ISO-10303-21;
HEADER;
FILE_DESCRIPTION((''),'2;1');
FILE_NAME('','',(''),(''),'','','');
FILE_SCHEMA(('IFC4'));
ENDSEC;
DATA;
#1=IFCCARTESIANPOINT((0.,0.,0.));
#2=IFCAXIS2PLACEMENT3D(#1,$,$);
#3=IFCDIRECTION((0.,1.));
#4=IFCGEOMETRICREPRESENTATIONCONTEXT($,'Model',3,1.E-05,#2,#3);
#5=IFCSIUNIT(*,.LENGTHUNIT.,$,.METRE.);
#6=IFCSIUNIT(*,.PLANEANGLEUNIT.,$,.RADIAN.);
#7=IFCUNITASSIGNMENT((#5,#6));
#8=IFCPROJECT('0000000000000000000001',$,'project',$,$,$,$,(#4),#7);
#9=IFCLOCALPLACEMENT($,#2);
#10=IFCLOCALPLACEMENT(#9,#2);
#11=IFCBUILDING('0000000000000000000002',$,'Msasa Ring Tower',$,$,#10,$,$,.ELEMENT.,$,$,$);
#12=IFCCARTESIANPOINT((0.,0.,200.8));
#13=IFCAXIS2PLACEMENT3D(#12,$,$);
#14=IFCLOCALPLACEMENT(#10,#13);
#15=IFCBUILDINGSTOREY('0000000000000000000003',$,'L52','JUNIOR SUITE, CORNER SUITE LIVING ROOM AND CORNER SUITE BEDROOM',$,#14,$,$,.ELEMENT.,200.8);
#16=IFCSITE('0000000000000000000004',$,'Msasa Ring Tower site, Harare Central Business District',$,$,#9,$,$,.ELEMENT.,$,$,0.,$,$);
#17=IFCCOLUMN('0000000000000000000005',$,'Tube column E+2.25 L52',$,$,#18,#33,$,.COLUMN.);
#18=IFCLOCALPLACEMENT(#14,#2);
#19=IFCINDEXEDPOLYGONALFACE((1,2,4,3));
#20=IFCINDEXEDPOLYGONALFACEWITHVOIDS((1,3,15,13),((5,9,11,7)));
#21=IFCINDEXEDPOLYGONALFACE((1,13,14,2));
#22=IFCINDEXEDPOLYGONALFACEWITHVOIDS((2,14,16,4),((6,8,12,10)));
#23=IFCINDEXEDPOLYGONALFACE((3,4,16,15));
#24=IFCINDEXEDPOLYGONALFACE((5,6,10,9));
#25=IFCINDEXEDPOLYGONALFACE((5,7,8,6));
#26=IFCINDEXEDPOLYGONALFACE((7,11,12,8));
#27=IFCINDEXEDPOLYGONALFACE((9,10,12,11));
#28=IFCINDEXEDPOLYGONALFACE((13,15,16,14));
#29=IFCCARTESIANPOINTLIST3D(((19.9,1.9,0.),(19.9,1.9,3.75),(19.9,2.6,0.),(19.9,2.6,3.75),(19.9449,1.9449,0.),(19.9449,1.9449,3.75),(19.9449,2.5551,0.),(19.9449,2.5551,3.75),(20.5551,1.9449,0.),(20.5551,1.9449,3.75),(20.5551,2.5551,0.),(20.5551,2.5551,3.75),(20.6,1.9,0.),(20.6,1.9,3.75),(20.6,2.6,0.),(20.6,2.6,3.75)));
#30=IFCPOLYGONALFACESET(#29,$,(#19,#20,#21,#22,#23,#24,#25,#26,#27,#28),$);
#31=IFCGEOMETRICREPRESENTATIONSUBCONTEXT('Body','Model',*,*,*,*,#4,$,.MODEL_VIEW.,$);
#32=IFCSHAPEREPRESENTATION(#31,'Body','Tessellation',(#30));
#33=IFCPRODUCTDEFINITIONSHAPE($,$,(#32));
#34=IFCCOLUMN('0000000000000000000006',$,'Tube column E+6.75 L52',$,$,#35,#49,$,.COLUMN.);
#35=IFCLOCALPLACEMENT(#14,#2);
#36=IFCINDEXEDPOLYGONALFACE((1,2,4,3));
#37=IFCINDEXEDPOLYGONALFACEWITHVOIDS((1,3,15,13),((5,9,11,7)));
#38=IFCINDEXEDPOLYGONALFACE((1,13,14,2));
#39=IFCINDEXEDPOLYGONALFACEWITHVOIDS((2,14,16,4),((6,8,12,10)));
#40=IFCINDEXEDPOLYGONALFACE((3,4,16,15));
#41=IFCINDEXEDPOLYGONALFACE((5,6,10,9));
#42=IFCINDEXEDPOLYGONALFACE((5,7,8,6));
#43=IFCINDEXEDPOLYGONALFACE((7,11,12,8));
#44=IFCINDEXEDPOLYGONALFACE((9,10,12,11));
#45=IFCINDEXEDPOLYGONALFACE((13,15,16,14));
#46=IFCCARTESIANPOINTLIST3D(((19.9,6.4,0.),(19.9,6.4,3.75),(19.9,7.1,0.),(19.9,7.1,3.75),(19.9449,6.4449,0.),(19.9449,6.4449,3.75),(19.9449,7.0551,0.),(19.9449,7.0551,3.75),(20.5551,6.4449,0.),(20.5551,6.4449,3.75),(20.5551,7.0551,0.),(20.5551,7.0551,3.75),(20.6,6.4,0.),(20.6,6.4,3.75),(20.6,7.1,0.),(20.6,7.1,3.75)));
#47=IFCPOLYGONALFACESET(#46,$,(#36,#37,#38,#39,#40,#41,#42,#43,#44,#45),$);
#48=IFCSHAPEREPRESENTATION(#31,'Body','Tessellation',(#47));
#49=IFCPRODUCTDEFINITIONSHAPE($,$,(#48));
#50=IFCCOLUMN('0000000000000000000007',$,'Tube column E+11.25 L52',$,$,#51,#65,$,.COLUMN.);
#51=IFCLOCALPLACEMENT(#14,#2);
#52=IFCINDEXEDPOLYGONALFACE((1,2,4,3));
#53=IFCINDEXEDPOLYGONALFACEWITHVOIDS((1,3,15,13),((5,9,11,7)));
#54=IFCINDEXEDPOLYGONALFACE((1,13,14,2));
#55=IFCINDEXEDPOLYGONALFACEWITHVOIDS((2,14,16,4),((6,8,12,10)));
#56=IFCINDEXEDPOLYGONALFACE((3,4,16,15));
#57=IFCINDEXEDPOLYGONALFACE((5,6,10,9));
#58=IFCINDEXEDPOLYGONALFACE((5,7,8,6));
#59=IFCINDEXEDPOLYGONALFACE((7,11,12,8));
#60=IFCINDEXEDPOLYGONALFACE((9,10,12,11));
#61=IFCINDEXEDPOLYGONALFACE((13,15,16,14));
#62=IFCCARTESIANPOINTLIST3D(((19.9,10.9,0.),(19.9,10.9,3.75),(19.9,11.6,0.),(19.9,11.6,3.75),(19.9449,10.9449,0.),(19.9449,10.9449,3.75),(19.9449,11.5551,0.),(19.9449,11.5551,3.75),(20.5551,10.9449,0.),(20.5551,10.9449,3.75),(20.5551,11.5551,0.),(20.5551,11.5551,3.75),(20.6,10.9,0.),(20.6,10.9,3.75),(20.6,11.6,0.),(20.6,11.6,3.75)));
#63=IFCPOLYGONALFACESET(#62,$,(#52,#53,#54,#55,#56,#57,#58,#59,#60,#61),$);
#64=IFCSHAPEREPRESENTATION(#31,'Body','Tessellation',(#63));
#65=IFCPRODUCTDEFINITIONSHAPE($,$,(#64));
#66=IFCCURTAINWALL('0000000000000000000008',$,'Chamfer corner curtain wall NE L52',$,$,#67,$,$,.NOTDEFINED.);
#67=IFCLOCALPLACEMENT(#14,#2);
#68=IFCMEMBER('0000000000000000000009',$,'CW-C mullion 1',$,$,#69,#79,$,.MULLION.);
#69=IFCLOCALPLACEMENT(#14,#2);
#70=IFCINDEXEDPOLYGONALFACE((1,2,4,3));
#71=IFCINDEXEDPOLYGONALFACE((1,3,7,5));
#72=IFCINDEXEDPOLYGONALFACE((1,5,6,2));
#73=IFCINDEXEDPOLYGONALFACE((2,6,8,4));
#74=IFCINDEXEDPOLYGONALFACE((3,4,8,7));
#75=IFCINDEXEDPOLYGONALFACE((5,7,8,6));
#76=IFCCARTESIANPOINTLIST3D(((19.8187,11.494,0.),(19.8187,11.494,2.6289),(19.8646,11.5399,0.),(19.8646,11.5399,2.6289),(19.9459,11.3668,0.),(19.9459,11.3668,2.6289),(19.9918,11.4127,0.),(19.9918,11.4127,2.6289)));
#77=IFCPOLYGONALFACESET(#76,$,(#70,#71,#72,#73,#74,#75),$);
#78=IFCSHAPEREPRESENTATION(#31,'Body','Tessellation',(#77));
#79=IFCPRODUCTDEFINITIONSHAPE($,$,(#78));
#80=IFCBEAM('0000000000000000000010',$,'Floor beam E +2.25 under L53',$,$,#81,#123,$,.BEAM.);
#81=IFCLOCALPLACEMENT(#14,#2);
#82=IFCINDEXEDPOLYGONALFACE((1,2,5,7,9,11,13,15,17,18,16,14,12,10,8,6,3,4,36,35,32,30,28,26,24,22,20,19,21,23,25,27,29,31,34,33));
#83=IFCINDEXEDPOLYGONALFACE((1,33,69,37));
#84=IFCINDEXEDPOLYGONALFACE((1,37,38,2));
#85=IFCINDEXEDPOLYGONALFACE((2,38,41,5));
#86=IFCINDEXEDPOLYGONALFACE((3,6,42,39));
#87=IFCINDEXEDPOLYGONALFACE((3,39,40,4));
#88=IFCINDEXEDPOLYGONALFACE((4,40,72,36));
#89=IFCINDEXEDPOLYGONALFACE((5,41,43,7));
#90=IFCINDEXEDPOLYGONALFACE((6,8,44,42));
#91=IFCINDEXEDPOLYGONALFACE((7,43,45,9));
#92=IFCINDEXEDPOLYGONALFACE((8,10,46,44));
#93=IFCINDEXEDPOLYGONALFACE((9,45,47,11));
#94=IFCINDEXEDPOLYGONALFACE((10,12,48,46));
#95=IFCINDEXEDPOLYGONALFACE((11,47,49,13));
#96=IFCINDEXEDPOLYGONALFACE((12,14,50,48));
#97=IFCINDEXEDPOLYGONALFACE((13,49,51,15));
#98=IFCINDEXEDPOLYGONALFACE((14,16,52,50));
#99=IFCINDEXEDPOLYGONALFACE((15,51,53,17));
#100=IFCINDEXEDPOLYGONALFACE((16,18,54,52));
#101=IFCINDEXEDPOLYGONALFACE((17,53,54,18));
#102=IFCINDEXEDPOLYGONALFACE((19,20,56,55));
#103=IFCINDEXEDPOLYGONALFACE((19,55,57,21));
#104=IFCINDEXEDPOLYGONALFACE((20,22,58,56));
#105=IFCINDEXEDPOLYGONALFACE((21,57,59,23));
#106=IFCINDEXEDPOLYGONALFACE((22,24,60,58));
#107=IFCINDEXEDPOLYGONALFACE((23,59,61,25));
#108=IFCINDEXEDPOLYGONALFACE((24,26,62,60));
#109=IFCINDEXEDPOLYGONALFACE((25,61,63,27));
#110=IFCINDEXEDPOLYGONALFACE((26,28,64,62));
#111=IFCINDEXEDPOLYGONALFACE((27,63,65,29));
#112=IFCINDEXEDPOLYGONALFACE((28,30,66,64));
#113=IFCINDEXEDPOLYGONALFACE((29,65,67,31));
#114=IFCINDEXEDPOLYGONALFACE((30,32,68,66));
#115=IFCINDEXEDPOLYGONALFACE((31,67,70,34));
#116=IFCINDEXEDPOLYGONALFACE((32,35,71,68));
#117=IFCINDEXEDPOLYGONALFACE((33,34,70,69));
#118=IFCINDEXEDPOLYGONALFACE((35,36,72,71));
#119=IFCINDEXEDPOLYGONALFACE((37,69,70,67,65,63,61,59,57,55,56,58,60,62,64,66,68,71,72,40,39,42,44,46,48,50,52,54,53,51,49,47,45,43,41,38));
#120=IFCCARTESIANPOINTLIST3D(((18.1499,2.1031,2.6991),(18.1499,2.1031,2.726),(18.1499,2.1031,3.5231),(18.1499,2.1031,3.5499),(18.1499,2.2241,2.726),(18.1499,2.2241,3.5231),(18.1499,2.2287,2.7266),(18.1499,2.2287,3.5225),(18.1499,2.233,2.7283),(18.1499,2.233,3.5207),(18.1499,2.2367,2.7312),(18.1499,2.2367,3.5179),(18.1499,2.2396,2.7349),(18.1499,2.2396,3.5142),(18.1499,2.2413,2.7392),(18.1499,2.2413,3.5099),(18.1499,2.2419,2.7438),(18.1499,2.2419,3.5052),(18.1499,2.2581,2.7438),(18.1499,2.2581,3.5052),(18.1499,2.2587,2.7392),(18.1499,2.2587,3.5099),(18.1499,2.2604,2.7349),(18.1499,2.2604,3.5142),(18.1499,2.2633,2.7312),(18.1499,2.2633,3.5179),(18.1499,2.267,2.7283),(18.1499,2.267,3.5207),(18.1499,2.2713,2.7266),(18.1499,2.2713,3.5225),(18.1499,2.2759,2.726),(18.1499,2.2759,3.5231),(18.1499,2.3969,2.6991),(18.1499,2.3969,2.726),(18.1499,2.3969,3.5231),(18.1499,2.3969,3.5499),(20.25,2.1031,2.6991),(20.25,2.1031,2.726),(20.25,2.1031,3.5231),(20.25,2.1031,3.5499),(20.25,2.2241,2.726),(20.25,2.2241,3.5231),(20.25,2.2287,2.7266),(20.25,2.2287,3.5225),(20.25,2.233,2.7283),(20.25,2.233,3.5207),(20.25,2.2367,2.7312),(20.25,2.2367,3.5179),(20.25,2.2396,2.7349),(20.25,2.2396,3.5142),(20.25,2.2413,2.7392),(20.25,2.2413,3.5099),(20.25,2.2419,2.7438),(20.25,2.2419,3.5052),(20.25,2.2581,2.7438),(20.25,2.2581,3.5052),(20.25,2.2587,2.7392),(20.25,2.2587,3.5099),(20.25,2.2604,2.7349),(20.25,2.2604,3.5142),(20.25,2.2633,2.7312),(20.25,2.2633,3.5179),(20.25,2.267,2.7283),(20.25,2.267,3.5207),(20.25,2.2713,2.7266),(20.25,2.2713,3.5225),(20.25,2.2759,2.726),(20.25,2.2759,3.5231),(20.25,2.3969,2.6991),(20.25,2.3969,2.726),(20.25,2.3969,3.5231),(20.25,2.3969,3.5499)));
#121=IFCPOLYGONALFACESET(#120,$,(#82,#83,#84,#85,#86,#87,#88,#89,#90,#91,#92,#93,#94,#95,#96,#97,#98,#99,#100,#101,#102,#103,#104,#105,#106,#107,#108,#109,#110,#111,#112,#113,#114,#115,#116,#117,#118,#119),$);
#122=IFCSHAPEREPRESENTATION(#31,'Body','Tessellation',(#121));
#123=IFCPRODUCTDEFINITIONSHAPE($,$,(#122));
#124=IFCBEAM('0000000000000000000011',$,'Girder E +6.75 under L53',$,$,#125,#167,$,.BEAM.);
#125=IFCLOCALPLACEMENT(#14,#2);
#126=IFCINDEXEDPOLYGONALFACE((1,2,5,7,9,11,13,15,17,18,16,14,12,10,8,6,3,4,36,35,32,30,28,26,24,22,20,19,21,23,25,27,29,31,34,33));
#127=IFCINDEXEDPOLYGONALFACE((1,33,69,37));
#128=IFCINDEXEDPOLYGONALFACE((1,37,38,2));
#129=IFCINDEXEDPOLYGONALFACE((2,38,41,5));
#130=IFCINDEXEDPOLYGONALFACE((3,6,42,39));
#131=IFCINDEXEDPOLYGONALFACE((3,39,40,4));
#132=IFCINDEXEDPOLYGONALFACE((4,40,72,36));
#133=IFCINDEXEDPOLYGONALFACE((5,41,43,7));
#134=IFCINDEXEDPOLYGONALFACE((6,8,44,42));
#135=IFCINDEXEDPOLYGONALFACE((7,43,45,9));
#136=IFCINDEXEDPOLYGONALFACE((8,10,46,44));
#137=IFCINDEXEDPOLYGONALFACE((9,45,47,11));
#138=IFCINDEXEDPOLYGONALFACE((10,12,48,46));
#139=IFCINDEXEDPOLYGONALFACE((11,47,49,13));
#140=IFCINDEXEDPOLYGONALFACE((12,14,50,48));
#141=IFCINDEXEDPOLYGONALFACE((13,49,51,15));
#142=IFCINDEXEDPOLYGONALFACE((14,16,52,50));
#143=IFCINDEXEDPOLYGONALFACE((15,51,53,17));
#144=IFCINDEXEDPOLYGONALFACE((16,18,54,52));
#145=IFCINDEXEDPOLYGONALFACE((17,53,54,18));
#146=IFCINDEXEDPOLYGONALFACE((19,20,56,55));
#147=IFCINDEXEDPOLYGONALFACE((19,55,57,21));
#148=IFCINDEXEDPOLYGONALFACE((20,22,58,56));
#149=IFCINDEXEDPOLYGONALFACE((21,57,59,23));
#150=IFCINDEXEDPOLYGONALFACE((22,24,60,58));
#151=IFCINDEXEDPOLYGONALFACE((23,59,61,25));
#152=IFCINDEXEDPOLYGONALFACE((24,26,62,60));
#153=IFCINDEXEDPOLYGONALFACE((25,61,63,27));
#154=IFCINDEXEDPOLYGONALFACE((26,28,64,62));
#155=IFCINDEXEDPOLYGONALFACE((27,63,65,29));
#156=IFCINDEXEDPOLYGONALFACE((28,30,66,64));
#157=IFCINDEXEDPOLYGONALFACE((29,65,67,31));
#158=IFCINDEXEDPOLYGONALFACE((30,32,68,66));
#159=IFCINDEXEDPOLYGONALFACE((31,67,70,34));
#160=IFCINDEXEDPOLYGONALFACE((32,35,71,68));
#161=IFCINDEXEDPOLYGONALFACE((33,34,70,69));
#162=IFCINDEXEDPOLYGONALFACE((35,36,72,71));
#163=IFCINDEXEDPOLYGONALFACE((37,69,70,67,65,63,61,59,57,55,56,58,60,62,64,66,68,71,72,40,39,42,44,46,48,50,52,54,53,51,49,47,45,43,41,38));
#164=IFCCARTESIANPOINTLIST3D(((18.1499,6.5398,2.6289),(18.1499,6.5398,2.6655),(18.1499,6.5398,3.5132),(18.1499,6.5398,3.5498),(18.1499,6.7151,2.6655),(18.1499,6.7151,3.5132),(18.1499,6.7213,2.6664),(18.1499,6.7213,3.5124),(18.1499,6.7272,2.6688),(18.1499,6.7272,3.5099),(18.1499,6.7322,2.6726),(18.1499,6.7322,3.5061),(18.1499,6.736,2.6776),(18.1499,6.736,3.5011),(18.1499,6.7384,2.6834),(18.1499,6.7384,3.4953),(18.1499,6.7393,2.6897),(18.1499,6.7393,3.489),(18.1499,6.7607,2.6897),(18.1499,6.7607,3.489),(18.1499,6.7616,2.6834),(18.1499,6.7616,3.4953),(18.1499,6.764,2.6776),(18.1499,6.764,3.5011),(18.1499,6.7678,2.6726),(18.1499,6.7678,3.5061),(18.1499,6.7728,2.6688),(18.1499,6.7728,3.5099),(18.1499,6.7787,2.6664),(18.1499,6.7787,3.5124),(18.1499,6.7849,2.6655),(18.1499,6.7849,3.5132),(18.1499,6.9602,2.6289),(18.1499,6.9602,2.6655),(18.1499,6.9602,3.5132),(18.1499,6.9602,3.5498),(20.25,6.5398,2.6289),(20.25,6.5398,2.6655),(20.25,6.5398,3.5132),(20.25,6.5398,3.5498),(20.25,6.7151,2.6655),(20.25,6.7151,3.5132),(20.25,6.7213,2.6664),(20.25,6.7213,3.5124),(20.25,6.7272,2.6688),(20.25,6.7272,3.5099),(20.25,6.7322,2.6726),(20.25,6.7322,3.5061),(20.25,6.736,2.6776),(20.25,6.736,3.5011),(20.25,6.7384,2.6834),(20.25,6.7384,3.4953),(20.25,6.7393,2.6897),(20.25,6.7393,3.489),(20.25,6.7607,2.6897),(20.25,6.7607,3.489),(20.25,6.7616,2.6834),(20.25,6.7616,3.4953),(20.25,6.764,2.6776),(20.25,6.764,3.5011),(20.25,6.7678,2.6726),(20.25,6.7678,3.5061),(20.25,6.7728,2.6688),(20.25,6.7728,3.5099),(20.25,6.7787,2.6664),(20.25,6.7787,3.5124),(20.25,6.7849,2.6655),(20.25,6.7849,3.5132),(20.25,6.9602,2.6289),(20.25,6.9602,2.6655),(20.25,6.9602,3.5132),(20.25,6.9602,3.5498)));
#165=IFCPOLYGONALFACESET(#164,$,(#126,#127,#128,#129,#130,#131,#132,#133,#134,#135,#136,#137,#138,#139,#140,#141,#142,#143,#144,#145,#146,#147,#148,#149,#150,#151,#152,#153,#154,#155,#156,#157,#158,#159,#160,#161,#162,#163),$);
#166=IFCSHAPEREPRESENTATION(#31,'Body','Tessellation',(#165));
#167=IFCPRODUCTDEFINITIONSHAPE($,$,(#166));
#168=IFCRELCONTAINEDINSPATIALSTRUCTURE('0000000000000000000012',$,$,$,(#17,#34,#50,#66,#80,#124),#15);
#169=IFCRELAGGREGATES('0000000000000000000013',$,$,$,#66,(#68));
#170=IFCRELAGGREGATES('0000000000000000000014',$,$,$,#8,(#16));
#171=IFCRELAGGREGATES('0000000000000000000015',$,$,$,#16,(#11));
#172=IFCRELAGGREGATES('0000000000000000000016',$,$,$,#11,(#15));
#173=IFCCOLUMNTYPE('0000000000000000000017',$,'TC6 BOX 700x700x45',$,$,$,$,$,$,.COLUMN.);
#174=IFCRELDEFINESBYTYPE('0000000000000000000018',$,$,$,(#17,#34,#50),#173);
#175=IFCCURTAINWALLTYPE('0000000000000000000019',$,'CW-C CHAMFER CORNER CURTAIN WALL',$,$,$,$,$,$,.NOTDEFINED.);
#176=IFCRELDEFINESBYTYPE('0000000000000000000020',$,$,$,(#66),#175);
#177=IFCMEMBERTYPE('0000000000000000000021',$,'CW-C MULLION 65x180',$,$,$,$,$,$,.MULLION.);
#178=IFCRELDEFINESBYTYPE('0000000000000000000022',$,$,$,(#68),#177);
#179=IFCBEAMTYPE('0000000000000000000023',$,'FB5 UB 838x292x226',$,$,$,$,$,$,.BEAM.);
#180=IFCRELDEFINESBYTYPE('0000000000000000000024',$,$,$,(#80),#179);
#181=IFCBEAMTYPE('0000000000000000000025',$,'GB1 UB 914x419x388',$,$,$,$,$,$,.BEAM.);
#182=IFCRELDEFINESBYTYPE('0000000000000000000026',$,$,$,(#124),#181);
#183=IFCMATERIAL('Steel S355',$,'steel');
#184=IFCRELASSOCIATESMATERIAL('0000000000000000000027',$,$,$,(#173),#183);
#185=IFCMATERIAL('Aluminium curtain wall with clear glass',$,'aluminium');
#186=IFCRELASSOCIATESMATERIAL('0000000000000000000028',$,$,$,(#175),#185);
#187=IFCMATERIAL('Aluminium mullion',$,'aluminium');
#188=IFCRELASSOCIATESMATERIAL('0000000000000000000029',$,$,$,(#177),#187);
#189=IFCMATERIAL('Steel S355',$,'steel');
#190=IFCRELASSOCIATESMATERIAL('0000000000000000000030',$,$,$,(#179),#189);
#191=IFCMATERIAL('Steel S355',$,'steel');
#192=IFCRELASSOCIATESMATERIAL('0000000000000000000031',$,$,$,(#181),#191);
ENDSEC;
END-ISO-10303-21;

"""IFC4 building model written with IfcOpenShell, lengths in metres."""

from ifc_helpers import new_model, si_unit, direction, frame, origin, origin_2d, place, context, subcontext, project, spatial, rectangle, hollow_rectangle, i_section, extrude, material, material_profile, profile_set, type_object, element, aggregate, save


model = new_model("IFC4")

# Units and contexts
model_context = context("Model", 3, precision=1e-05, world=origin(), true_north=direction((0.0, 1.0)))
body_context = subcontext(model_context, "Body", "Model", "MODEL_VIEW")
ifc_project = project(units=[si_unit("LENGTHUNIT", "METRE"), si_unit("PLANEANGLEUNIT", "RADIAN")], contexts=[model_context])

# Site, building, storey
site_placement = place(None, origin())
site = spatial("IfcSite", under=ifc_project, at=site_placement, Name="Msasa Ring Tower site, Harare Central Business District", CompositionType="ELEMENT", RefElevation=0.0)
building_placement = place(site_placement, origin())
building = spatial("IfcBuilding", under=site, at=building_placement, Name="Msasa Ring Tower", CompositionType="ELEMENT")
storey_placement = place(building_placement, frame((0.0, 0.0, 200.8)))
storey = spatial("IfcBuildingStorey", under=building, at=storey_placement, Name="L52", Description="JUNIOR SUITE, CORNER SUITE LIVING ROOM AND CORNER SUITE BEDROOM", CompositionType="ELEMENT", Elevation=200.8)

# Columns
ifc_material_1 = material(Name="Steel S355", Category="steel")
ifc_material_profile_1 = material_profile(ifc_material_1, hollow_rectangle(XDim=0.7, YDim=0.7, WallThickness=0.0449, at=origin_2d()), Name="BOX 700x700x45")
ifc_profile_set_1 = profile_set([ifc_material_profile_1], Name="Steel S355")
column_type = type_object("IfcColumnType", Name="TC6 BOX 700x700x45", PredefinedType="COLUMN", material=ifc_profile_set_1)
for number, where, z_axis, x_axis, name in (
    (1, (20.25, 2.25, 0.0), (0.0, 0.0, 1.0), (1.0, 0.0, 0.0), "Tube column E+2.25 L52"),
    (2, (20.25, 6.75, 0.0), (0.0, 0.0, 1.0), (1.0, 0.0, 0.0), "Tube column E+6.75 L52"),
    (3, (20.25, 11.25, 0.0), (0.0, 0.0, 1.0), (1.0, 0.0, 0.0), "Tube column E+11.25 L52"),
):
    element("IfcColumn", number, at=place(storey_placement, frame(where, z_axis=z_axis, x_axis=x_axis)), inside=storey, type_object=column_type, Name=name, PredefinedType="COLUMN", context=body_context, shape_type="SweptSolid", body=[
        extrude(hollow_rectangle(XDim=0.7, YDim=0.7, WallThickness=0.0449, at=origin_2d()), origin(), (0.0, 0.0, 1.0), 3.75),
    ])

# Curtain wall, member
ifc_material_2 = material(Name="Aluminium curtain wall with clear glass", Category="aluminium")
curtain_wall_type = type_object("IfcCurtainWallType", Name="CW-C CHAMFER CORNER CURTAIN WALL", PredefinedType="NOTDEFINED", material=ifc_material_2)
curtain_wall_placement = place(storey_placement, origin())
curtain_wall = element("IfcCurtainWall", 4, at=curtain_wall_placement, inside=storey, type_object=curtain_wall_type, Name="Chamfer corner curtain wall NE L52", PredefinedType="NOTDEFINED")
ifc_material_3 = material(Name="Aluminium mullion", Category="aluminium")
ifc_material_profile_2 = material_profile(ifc_material_3, rectangle(XDim=0.0649, YDim=0.1799, at=origin_2d()), Name="AL 65x180")
ifc_profile_set_2 = profile_set([ifc_material_profile_2], Name="Aluminium mullion")
member_type = type_object("IfcMemberType", Name="CW-C MULLION 65x180", PredefinedType="MULLION", material=ifc_profile_set_2)
member_placement = place(storey_placement, frame((19.9053, 11.4534, 0.0), z_axis=(0.0, 0.0, 1.0), x_axis=(-0.707107, -0.707107, 0.0)))
member = element("IfcMember", 5, at=member_placement, type_object=member_type, Name="CW-C mullion 1", PredefinedType="MULLION", context=body_context, shape_type="SweptSolid", body=[
    extrude(rectangle(XDim=0.0649, YDim=0.1799, at=origin_2d()), origin(), (0.0, 0.0, 1.0), 2.6289),
])
aggregate(curtain_wall, [member])

# Beams
ifc_material_4 = material(Name="Steel S355", Category="steel")
ifc_material_profile_3 = material_profile(ifc_material_4, i_section(OverallWidth=0.2937, OverallDepth=0.8508, WebThickness=0.0161, FlangeThickness=0.0269, FilletRadius=0.0178, at=origin_2d()), Name="UB 838x292x226")
ifc_profile_set_3 = profile_set([ifc_material_profile_3], Name="Steel S355")
beam_type_1 = type_object("IfcBeamType", Name="FB5 UB 838x292x226", PredefinedType="BEAM", material=ifc_profile_set_3)
beam_1_placement = place(storey_placement, frame((20.25, 2.25, 3.1245), z_axis=(-1.0, 0.0, 0.0), x_axis=(0.0, -1.0, 0.0)))
element("IfcBeam", 6, at=beam_1_placement, inside=storey, type_object=beam_type_1, Name="Floor beam E +2.25 under L53", PredefinedType="BEAM", context=body_context, shape_type="SweptSolid", body=[
    extrude(i_section(OverallWidth=0.2937, OverallDepth=0.8508, WebThickness=0.0161, FlangeThickness=0.0269, FilletRadius=0.0178, at=origin_2d()), origin(), (0.0, 0.0, 1.0), 2.1001),
])
ifc_material_5 = material(Name="Steel S355", Category="steel")
ifc_material_profile_4 = material_profile(ifc_material_5, i_section(OverallWidth=0.4204, OverallDepth=0.9209, WebThickness=0.0215, FlangeThickness=0.0366, FilletRadius=0.0242, at=origin_2d()), Name="UB 914x419x388")
ifc_profile_set_4 = profile_set([ifc_material_profile_4], Name="Steel S355")
beam_type_2 = type_object("IfcBeamType", Name="GB1 UB 914x419x388", PredefinedType="BEAM", material=ifc_profile_set_4)
beam_2_placement = place(storey_placement, frame((18.1499, 6.75, 3.0894), z_axis=(1.0, 0.0, 0.0), x_axis=(0.0, 1.0, 0.0)))
element("IfcBeam", 7, at=beam_2_placement, inside=storey, type_object=beam_type_2, Name="Girder E +6.75 under L53", PredefinedType="BEAM", context=body_context, shape_type="SweptSolid", body=[
    extrude(i_section(OverallWidth=0.4204, OverallDepth=0.9209, WebThickness=0.0215, FlangeThickness=0.0366, FilletRadius=0.0242, at=origin_2d()), origin(), (0.0, 0.0, 1.0), 2.1001),
])

save(model, "model.ifc")
